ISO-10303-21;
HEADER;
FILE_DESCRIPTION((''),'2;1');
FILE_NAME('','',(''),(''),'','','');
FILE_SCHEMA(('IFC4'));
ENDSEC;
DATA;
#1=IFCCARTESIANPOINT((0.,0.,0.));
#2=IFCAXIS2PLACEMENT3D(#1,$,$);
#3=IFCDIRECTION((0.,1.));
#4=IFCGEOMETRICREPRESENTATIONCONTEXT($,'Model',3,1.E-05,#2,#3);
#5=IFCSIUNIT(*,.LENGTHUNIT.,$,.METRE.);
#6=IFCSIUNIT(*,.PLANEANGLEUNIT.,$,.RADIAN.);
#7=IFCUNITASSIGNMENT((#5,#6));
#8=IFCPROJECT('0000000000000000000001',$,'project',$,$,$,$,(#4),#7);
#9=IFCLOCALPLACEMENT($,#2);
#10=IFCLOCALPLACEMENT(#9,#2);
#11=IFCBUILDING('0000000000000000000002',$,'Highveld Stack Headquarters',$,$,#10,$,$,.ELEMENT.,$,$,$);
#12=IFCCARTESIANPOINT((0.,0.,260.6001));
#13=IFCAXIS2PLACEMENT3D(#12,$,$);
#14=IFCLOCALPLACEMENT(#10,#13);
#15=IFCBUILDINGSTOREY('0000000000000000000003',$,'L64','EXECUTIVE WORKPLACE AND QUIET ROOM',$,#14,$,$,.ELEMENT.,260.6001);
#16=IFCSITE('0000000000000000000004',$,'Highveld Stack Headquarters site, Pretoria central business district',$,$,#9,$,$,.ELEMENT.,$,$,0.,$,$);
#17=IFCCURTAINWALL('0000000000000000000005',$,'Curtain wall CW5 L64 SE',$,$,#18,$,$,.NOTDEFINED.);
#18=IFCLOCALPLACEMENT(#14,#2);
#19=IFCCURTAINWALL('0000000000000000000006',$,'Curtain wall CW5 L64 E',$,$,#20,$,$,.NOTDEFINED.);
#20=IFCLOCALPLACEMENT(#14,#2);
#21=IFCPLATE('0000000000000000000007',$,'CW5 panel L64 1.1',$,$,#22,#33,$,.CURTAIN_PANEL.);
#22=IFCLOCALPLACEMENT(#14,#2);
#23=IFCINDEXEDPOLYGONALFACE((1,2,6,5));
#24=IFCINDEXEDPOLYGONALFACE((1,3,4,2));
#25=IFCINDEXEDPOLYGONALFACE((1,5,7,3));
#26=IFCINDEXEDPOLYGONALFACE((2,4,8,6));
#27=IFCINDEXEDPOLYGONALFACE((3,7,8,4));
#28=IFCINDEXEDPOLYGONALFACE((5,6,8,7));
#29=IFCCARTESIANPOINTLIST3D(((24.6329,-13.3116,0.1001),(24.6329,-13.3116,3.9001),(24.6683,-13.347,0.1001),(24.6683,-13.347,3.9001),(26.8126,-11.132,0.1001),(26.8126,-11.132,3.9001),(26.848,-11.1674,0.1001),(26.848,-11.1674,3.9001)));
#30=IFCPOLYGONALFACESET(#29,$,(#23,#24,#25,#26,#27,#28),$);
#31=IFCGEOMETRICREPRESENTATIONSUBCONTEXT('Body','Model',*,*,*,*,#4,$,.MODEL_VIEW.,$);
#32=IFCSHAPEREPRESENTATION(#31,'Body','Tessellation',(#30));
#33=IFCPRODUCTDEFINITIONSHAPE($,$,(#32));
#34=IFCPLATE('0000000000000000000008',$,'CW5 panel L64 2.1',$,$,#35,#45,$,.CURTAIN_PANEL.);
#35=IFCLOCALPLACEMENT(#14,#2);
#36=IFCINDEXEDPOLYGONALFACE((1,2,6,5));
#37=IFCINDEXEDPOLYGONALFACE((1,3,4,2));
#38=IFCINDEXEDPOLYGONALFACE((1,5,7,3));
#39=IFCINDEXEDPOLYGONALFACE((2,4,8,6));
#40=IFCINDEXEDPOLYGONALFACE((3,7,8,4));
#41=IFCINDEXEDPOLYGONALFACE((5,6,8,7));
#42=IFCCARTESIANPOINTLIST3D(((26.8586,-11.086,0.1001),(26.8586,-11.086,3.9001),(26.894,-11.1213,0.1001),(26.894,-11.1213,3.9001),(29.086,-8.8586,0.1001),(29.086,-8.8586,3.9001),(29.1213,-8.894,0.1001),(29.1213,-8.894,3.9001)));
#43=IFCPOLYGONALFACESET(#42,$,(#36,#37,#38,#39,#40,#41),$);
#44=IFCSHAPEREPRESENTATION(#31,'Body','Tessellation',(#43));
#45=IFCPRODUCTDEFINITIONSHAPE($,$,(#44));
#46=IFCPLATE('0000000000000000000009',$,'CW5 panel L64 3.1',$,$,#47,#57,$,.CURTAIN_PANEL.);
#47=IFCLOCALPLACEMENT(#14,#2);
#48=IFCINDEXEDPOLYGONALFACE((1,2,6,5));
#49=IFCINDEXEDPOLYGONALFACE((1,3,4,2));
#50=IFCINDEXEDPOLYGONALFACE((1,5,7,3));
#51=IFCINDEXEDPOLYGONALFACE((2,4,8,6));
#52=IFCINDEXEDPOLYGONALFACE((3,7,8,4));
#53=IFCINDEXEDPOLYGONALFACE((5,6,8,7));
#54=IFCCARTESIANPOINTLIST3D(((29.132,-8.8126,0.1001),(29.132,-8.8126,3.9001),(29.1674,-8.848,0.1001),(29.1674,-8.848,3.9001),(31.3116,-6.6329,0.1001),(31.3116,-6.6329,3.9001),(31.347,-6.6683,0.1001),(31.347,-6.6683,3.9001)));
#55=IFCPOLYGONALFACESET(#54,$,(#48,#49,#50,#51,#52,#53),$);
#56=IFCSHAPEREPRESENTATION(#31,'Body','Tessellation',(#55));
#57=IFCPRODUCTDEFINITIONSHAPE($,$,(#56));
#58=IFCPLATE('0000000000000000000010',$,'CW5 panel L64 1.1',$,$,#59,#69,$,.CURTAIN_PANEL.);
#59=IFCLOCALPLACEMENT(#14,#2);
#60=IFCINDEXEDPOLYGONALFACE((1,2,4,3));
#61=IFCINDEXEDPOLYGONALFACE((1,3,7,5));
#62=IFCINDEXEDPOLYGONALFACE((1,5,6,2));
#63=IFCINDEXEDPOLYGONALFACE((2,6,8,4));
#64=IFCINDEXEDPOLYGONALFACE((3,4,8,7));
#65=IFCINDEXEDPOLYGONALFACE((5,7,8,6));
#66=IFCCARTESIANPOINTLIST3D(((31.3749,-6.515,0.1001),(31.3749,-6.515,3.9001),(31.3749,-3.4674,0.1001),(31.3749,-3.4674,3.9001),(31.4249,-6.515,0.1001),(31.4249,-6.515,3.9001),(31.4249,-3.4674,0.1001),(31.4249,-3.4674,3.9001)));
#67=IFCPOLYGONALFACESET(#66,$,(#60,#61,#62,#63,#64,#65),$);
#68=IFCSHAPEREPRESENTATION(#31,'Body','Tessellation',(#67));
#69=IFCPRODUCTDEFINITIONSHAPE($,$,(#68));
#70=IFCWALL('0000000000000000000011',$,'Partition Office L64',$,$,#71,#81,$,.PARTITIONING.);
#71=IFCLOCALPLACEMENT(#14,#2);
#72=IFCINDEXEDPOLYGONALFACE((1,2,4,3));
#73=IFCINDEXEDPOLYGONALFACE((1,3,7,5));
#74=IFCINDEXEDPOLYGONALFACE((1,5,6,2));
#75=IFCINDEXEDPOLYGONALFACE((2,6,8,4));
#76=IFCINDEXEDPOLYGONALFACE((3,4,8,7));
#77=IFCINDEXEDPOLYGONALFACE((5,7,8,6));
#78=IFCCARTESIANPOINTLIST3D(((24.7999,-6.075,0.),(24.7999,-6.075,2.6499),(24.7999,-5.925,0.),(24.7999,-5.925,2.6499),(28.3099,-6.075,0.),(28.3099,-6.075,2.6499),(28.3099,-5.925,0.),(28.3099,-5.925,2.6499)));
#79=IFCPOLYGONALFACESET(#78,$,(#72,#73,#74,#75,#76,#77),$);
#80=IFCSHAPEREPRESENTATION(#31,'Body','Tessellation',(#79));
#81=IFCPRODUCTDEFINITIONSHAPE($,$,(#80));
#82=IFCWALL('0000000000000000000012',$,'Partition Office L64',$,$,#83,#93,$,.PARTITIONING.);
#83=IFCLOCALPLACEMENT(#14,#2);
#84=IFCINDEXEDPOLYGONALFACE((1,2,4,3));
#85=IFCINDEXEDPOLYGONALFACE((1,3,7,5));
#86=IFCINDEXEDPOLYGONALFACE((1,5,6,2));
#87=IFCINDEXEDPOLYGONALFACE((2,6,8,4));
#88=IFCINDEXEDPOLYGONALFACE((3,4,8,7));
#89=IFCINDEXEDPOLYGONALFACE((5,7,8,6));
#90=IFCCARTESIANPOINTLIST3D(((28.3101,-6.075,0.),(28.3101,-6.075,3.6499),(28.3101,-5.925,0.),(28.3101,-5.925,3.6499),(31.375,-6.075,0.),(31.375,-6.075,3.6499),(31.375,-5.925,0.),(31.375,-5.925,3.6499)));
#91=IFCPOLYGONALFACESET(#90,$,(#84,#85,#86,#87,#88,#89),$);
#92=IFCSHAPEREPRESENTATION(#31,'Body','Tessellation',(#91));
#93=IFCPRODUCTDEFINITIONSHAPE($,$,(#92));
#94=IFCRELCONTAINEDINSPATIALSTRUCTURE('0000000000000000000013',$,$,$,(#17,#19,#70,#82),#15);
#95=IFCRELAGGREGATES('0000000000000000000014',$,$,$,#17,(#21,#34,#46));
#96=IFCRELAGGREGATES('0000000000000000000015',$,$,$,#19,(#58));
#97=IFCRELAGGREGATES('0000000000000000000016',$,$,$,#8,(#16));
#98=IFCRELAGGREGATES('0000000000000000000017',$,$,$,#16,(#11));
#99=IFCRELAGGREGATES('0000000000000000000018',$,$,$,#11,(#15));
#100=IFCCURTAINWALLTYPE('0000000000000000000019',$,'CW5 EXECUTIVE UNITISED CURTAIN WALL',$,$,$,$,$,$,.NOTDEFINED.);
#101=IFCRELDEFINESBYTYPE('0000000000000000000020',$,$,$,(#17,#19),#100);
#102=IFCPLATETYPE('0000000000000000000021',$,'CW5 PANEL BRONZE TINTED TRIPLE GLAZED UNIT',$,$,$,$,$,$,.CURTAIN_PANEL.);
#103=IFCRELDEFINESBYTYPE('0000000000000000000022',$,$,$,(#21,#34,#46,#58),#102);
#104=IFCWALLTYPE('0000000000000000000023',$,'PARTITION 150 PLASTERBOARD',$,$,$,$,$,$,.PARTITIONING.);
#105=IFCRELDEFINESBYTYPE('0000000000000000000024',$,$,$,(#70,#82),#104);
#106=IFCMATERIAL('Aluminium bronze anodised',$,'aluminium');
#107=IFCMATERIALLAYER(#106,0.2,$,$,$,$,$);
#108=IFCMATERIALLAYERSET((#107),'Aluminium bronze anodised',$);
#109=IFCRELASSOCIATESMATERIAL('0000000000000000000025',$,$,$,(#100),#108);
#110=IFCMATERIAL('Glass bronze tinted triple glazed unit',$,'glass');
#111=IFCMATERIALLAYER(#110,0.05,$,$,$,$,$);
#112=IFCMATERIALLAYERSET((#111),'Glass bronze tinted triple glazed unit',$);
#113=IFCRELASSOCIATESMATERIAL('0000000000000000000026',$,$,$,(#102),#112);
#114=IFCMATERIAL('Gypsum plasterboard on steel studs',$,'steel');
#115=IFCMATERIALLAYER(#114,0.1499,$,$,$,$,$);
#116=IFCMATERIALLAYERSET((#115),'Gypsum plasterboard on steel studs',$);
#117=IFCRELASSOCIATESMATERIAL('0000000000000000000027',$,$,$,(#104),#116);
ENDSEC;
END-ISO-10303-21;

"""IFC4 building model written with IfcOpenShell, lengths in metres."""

from ifc_helpers import new_model, si_unit, direction, frame, frame_2d, origin, origin_2d, place, context, subcontext, project, spatial, rectangle, extrude, material, layer, layer_set, type_object, element, aggregate, save


model = new_model("IFC4")

# Units and contexts
model_context = context("Model", 3, precision=1e-05, world=origin(), true_north=direction((0.0, 1.0)))
body_context = subcontext(model_context, "Body", "Model", "MODEL_VIEW")
ifc_project = project(units=[si_unit("LENGTHUNIT", "METRE"), si_unit("PLANEANGLEUNIT", "RADIAN")], contexts=[model_context])

# Site, building, storey
site_placement = place(None, origin())
site = spatial("IfcSite", under=ifc_project, at=site_placement, Name="Highveld Stack Headquarters site, Pretoria central business district", CompositionType="ELEMENT", RefElevation=0.0)
building_placement = place(site_placement, origin())
building = spatial("IfcBuilding", under=site, at=building_placement, Name="Highveld Stack Headquarters", CompositionType="ELEMENT")
storey_placement = place(building_placement, frame((0.0, 0.0, 260.6001)))
storey = spatial("IfcBuildingStorey", under=building, at=storey_placement, Name="L64", Description="EXECUTIVE WORKPLACE AND QUIET ROOM", CompositionType="ELEMENT", Elevation=260.6001)

# Shared definitions
ifc_material_1 = material(Name="Aluminium bronze anodised", Category="aluminium")
ifc_layer_1 = layer(ifc_material_1, 0.2)
ifc_layer_set_1 = layer_set([ifc_layer_1], Name="Aluminium bronze anodised")
curtain_wall_type = type_object("IfcCurtainWallType", Name="CW5 EXECUTIVE UNITISED CURTAIN WALL", PredefinedType="NOTDEFINED", material=ifc_layer_set_1)

# Curtain wall
curtain_wall_1_placement = place(storey_placement, origin())
curtain_wall_1 = element("IfcCurtainWall", 1, at=curtain_wall_1_placement, inside=storey, type_object=curtain_wall_type, Name="Curtain wall CW5 L64 SE", PredefinedType="NOTDEFINED")

# Curtain wall
curtain_wall_2_placement = place(storey_placement, origin())
curtain_wall_2 = element("IfcCurtainWall", 2, at=curtain_wall_2_placement, inside=storey, type_object=curtain_wall_type, Name="Curtain wall CW5 L64 E", PredefinedType="NOTDEFINED")

# Plates
ifc_material_2 = material(Name="Glass bronze tinted triple glazed unit", Category="glass")
ifc_layer_2 = layer(ifc_material_2, 0.05)
ifc_layer_set_2 = layer_set([ifc_layer_2], Name="Glass bronze tinted triple glazed unit")
plate_type = type_object("IfcPlateType", Name="CW5 PANEL BRONZE TINTED TRIPLE GLAZED UNIT", PredefinedType="CURTAIN_PANEL", material=ifc_layer_set_2)
plate_1_placement = place(storey_placement, frame((25.7405, -12.2395, 0.1001), z_axis=(0.0, 0.0, 1.0), x_axis=(0.707107, 0.707107, 0.0)))
plate_1 = element("IfcPlate", 3, at=plate_1_placement, type_object=plate_type, Name="CW5 panel L64 1.1", PredefinedType="CURTAIN_PANEL", context=body_context, shape_type="SweptSolid", body=[
    extrude(rectangle(XDim=3.0825, YDim=0.05, at=origin_2d()), origin(), (0.0, 0.0, 1.0), 3.8),
])
plate_2_placement = place(storey_placement, frame((27.99, -9.99, 0.1001), z_axis=(0.0, 0.0, 1.0), x_axis=(0.707107, 0.707107, 0.0)))
plate_2 = element("IfcPlate", 4, at=plate_2_placement, type_object=plate_type, Name="CW5 panel L64 2.1", PredefinedType="CURTAIN_PANEL", context=body_context, shape_type="SweptSolid", body=[
    extrude(rectangle(XDim=3.1499, YDim=0.05, at=origin_2d()), origin(), (0.0, 0.0, 1.0), 3.8),
])
plate_3_placement = place(storey_placement, frame((30.2395, -7.7405, 0.1001), z_axis=(0.0, 0.0, 1.0), x_axis=(0.707107, 0.707107, 0.0)))
plate_3 = element("IfcPlate", 5, at=plate_3_placement, type_object=plate_type, Name="CW5 panel L64 3.1", PredefinedType="CURTAIN_PANEL", context=body_context, shape_type="SweptSolid", body=[
    extrude(rectangle(XDim=3.0825, YDim=0.05, at=origin_2d()), origin(), (0.0, 0.0, 1.0), 3.8),
])
aggregate(curtain_wall_1, [plate_1, plate_2, plate_3])
plate_4_placement = place(storey_placement, frame((31.3999, -4.9912, 0.1001), z_axis=(0.0, 0.0, 1.0), x_axis=(0.0, 1.0, 0.0)))
plate_4 = element("IfcPlate", 6, at=plate_4_placement, type_object=plate_type, Name="CW5 panel L64 1.1", PredefinedType="CURTAIN_PANEL", context=body_context, shape_type="SweptSolid", body=[
    extrude(rectangle(XDim=3.0476, YDim=0.05, at=origin_2d()), origin(), (0.0, 0.0, 1.0), 3.8),
])
aggregate(curtain_wall_2, [plate_4])

# Walls
ifc_material_3 = material(Name="Gypsum plasterboard on steel studs", Category="steel")
ifc_layer_3 = layer(ifc_material_3, 0.1499)
ifc_layer_set_3 = layer_set([ifc_layer_3], Name="Gypsum plasterboard on steel studs")
wall_type = type_object("IfcWallType", Name="PARTITION 150 PLASTERBOARD", PredefinedType="PARTITIONING", material=ifc_layer_set_3)
wall_1_placement = place(storey_placement, frame((24.8, -6.0, 0.0), z_axis=(0.0, 0.0, 1.0), x_axis=(1.0, 0.0, 0.0)))
element("IfcWall", 7, at=wall_1_placement, inside=storey, type_object=wall_type, Name="Partition Office L64", PredefinedType="PARTITIONING", context=body_context, shape_type="SweptSolid", body=[
    extrude(rectangle(XDim=3.51, YDim=0.1499, at=frame_2d((1.7549, 0.0))), origin(), (0.0, 0.0, 1.0), 2.6499),
])
wall_2_placement = place(storey_placement, frame((28.3101, -6.0, 0.0), z_axis=(0.0, 0.0, 1.0), x_axis=(1.0, 0.0, 0.0)))
element("IfcWall", 8, at=wall_2_placement, inside=storey, type_object=wall_type, Name="Partition Office L64", PredefinedType="PARTITIONING", context=body_context, shape_type="SweptSolid", body=[
    extrude(rectangle(XDim=3.0649, YDim=0.1499, at=frame_2d((1.5325, 0.0))), origin(), (0.0, 0.0, 1.0), 3.6499),
])

save(model, "model.ifc")
